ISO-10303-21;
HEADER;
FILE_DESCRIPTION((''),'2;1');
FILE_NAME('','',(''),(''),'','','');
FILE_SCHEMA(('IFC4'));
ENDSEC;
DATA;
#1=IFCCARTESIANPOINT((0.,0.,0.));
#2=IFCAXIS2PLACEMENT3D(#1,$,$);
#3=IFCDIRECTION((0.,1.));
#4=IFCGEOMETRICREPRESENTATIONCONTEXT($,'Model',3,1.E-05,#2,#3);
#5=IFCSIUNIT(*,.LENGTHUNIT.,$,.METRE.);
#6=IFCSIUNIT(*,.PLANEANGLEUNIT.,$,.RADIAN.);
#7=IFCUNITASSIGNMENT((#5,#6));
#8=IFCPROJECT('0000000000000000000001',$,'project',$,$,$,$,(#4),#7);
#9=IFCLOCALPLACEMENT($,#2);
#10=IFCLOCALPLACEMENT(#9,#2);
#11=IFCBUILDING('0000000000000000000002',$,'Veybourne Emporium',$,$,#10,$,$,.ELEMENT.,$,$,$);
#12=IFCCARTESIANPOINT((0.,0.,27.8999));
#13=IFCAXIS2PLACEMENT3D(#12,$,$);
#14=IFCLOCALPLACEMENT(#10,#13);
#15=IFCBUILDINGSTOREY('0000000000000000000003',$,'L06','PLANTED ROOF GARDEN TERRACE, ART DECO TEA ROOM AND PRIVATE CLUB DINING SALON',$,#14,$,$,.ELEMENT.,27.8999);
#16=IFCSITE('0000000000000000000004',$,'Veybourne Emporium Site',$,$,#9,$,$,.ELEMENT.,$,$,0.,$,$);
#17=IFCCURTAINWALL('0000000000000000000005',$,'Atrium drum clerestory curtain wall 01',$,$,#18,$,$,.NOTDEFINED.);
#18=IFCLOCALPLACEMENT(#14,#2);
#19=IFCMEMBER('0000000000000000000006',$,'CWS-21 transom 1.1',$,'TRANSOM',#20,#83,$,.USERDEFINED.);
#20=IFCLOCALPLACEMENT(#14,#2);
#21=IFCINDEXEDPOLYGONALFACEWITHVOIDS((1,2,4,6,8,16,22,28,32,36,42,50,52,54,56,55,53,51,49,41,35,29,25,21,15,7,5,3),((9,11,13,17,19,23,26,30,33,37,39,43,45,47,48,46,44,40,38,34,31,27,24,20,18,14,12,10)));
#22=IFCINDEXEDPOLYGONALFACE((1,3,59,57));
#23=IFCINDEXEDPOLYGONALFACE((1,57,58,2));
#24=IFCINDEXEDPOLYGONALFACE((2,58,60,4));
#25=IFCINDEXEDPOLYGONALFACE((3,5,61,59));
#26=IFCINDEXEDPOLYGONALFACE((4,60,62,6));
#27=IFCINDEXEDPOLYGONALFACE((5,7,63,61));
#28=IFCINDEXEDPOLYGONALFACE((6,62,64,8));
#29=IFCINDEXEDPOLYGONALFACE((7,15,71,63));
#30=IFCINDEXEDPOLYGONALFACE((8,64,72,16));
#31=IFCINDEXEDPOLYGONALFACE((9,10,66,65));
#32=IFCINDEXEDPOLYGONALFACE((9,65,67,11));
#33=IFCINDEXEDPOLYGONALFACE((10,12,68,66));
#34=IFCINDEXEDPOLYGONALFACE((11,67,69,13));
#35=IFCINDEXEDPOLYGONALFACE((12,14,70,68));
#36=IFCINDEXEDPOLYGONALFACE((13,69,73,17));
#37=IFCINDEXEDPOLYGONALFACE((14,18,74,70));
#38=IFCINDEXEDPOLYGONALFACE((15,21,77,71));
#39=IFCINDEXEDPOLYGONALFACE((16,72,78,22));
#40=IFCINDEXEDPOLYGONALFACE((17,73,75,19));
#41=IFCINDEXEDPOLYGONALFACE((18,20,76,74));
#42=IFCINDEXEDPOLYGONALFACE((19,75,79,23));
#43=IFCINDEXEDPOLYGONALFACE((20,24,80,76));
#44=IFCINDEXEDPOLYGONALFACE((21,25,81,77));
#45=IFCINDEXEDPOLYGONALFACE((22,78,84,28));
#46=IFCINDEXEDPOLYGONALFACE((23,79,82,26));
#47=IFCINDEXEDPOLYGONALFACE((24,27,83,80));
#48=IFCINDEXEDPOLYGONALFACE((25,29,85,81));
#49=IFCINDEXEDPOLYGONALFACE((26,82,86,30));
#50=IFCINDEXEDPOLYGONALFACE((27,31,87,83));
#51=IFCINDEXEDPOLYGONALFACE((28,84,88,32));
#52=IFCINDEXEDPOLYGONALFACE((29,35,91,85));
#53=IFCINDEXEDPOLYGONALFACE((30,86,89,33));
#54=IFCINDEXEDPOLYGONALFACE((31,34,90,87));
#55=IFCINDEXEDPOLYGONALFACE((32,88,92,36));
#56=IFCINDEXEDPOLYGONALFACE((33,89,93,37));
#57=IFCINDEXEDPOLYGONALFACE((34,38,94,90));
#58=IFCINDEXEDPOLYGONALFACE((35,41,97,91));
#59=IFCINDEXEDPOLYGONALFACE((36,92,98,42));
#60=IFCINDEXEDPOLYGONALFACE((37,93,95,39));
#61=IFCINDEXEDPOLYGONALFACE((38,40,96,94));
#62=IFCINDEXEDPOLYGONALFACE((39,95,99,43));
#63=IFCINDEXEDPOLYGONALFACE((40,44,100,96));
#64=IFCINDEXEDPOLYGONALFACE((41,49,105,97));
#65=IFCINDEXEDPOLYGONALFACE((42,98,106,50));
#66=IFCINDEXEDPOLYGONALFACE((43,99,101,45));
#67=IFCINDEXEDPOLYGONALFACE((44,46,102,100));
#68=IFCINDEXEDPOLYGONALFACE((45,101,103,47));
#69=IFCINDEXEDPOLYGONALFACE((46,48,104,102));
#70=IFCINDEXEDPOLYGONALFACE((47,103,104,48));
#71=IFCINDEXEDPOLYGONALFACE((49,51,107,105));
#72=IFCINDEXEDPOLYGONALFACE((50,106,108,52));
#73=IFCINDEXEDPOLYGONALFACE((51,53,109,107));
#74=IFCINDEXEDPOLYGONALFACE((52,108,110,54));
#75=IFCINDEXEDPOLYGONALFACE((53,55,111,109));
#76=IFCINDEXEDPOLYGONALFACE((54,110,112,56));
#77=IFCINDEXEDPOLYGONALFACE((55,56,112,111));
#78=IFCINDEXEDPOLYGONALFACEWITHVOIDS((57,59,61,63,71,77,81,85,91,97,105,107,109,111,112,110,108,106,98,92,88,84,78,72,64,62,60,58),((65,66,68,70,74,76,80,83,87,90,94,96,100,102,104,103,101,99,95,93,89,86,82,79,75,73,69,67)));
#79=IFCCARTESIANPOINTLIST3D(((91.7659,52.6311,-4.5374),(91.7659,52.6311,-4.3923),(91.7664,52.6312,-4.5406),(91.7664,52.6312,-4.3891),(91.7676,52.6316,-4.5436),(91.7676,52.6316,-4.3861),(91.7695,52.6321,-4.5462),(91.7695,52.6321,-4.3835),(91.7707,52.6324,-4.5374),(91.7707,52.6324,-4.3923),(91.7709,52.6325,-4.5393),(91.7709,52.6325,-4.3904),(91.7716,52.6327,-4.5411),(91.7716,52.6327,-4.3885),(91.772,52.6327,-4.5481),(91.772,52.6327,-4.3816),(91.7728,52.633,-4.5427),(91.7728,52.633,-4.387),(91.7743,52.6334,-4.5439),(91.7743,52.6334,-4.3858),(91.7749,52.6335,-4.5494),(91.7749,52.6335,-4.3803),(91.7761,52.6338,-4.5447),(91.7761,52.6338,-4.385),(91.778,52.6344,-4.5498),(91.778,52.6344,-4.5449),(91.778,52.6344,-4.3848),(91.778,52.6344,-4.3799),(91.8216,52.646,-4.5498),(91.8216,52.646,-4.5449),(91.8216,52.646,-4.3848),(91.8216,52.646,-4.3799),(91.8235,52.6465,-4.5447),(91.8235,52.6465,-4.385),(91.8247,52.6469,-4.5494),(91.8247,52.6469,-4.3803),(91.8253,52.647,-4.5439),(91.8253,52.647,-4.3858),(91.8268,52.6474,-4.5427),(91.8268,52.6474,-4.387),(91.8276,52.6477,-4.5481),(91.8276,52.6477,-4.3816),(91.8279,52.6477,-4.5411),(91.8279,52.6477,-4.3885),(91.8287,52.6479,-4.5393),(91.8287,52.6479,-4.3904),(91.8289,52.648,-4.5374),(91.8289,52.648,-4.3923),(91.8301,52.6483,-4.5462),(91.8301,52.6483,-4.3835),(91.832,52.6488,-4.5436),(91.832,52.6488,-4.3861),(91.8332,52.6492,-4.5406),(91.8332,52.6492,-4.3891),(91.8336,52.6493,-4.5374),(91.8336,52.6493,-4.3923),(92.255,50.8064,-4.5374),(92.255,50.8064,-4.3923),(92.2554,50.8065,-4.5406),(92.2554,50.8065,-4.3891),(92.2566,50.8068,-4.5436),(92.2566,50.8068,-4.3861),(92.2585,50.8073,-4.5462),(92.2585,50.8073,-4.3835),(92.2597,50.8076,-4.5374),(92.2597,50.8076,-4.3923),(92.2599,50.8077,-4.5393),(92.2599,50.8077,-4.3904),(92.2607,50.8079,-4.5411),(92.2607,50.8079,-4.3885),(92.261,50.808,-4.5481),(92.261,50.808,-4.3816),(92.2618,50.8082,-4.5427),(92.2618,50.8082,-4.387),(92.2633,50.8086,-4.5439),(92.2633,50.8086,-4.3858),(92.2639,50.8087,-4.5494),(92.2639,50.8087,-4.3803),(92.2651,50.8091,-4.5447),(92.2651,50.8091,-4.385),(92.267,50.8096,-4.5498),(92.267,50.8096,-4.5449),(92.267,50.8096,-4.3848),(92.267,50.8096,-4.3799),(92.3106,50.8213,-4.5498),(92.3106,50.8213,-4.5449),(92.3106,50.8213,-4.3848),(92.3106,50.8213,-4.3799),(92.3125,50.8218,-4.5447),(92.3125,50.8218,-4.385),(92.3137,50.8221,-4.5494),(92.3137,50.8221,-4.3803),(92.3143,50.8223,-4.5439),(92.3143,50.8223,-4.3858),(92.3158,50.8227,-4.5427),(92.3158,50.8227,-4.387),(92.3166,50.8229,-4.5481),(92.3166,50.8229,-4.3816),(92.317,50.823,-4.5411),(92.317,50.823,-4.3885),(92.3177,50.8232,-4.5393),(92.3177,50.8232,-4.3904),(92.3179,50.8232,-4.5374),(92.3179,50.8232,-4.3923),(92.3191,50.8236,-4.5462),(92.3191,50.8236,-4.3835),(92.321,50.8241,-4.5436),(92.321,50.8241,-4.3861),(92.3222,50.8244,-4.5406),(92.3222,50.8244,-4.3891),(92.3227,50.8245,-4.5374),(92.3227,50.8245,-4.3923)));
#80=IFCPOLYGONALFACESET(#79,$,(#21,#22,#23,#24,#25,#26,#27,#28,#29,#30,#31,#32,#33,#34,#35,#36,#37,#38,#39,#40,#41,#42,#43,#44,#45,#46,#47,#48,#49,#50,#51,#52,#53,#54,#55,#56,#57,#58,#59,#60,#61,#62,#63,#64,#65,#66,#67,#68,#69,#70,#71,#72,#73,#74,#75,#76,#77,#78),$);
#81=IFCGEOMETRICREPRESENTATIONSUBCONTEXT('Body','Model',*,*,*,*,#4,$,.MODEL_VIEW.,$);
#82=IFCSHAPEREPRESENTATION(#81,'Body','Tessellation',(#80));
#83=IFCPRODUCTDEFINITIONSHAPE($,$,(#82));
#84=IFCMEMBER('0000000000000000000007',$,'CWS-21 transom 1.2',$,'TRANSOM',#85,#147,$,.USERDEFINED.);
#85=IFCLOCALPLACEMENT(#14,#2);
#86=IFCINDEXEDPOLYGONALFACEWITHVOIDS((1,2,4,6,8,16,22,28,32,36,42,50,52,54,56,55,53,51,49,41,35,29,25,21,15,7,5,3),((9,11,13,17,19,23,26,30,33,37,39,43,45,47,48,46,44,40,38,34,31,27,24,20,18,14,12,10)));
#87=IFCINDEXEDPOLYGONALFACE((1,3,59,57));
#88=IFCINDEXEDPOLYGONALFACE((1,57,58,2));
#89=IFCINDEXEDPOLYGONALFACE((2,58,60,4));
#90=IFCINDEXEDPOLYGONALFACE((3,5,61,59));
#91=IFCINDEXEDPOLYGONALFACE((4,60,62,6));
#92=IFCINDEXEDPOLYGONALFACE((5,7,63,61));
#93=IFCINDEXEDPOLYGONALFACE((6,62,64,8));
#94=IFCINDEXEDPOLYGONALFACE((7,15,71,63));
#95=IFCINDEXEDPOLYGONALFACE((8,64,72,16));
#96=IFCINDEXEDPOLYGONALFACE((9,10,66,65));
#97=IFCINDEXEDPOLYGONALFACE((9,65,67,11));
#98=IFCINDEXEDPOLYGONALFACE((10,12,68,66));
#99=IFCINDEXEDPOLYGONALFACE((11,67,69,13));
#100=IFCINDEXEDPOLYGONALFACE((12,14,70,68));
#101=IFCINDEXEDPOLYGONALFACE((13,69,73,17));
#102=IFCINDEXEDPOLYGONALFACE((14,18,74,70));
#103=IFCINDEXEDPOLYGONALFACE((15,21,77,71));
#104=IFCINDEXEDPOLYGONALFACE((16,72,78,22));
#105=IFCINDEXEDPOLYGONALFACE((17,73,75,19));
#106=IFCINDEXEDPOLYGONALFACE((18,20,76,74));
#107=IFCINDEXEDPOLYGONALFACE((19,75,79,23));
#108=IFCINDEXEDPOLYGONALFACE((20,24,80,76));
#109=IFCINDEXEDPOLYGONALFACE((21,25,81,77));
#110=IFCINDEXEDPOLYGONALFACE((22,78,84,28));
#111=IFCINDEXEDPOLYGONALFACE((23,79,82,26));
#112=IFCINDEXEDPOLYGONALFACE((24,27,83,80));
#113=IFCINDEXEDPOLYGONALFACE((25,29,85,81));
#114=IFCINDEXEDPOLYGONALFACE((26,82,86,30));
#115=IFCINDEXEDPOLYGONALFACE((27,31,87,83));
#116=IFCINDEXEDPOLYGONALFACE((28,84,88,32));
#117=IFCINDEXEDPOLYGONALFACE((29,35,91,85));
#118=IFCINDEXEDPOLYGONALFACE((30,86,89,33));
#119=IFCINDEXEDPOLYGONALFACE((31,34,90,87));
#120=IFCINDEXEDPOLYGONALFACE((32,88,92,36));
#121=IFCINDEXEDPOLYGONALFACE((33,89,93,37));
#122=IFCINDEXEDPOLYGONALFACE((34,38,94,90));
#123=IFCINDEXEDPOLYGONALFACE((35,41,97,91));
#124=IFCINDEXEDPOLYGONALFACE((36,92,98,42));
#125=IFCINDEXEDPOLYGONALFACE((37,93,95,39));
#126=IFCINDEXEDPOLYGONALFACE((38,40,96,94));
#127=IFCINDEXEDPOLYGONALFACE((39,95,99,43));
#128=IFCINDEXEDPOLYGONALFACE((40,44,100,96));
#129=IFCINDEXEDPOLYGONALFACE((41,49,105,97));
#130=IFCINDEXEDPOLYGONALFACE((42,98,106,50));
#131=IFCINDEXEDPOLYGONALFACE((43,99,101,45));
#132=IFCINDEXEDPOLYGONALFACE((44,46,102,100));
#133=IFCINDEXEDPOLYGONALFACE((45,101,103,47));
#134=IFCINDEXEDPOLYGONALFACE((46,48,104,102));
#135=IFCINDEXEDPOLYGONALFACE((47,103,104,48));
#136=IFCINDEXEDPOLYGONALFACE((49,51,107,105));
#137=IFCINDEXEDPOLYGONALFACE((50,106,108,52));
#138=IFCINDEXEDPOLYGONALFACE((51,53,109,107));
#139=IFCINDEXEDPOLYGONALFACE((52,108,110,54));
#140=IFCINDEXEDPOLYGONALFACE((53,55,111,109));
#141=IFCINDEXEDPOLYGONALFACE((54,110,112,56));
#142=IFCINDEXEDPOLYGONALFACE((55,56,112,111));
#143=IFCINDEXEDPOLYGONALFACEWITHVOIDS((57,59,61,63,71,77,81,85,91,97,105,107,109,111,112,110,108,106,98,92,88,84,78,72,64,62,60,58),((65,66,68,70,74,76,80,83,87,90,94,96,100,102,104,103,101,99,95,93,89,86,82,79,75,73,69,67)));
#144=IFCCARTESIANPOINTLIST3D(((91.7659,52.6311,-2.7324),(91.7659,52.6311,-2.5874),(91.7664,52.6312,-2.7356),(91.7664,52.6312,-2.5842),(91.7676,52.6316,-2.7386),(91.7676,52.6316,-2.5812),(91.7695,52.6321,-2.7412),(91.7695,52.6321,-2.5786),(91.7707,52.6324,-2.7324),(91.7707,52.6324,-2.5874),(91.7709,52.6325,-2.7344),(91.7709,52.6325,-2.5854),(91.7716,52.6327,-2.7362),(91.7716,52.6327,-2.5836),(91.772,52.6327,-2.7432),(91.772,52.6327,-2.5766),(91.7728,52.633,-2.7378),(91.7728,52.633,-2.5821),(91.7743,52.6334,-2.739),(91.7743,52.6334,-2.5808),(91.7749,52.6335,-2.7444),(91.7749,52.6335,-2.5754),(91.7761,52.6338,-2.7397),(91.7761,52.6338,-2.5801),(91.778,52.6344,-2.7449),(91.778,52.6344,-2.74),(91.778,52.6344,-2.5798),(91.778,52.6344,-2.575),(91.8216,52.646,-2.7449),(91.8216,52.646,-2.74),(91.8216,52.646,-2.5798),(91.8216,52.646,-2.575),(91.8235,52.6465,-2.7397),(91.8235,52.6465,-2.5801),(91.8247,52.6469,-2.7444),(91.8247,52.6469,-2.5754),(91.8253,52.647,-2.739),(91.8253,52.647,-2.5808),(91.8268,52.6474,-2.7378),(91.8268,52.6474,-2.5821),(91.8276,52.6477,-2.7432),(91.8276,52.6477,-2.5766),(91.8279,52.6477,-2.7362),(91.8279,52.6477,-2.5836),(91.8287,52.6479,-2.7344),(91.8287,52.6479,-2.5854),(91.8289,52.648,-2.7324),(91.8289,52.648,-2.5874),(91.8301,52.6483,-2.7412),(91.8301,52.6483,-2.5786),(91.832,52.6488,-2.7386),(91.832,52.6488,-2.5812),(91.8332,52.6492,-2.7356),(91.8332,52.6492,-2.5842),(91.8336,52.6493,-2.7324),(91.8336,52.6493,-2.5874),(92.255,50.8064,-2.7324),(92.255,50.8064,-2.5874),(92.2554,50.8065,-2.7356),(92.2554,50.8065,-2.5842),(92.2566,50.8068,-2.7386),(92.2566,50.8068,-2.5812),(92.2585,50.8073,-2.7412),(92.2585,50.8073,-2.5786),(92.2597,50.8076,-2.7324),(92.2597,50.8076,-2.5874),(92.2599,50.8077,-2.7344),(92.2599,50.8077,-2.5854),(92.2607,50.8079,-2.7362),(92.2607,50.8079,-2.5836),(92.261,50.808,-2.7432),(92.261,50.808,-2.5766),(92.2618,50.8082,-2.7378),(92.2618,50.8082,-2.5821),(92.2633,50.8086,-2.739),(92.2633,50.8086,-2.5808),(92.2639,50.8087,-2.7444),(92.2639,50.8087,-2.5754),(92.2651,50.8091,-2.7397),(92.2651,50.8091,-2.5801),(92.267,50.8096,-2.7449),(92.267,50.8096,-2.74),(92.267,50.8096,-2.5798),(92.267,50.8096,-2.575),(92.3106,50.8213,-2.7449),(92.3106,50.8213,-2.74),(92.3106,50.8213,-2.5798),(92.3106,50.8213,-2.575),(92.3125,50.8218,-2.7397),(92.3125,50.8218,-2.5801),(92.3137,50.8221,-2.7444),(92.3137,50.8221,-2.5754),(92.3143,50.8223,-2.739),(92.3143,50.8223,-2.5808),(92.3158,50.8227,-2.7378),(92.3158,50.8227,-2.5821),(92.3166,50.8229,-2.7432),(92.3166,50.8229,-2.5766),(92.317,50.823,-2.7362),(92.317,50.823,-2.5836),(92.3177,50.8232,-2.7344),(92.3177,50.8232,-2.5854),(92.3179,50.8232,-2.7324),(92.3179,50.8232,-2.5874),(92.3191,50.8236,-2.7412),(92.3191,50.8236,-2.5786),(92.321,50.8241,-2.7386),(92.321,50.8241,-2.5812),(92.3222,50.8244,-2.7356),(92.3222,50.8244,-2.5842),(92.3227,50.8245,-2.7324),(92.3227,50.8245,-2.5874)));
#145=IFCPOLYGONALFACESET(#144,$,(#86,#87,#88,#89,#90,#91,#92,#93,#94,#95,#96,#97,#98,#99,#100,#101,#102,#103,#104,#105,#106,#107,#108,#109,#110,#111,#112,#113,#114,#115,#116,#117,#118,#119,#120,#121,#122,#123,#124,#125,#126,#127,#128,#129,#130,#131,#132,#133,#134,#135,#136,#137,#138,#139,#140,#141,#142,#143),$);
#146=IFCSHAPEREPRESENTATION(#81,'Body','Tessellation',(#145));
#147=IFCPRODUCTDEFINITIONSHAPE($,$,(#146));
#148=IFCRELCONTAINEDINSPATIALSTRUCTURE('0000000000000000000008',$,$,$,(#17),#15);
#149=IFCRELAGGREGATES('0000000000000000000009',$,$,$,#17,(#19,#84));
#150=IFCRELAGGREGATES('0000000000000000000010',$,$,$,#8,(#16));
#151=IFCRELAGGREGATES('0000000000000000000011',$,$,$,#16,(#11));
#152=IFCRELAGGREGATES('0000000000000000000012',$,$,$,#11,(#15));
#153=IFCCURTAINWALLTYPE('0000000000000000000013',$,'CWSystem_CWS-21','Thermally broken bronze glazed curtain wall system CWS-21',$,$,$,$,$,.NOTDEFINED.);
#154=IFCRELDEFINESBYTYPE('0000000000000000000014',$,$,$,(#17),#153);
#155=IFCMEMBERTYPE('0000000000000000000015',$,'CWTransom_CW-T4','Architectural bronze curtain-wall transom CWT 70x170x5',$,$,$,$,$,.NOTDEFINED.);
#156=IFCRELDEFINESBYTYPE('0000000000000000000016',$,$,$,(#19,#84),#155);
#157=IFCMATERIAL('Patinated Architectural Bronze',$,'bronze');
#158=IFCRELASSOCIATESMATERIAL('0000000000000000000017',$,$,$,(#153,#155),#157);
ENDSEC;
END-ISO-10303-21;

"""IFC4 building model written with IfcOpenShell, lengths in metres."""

from ifc_helpers import new_model, si_unit, direction, frame, origin, origin_2d, place, context, subcontext, project, spatial, hollow_rectangle, extrude, material, material_profile, profile_set, type_object, element, aggregate, save


model = new_model("IFC4")

# Units and contexts
model_context = context("Model", 3, precision=1e-05, world=origin(), true_north=direction((0.0, 1.0)))
body_context = subcontext(model_context, "Body", "Model", "MODEL_VIEW")
ifc_project = project(units=[si_unit("LENGTHUNIT", "METRE"), si_unit("PLANEANGLEUNIT", "RADIAN")], contexts=[model_context])

# Site, building, storey
site_placement = place(None, origin())
site = spatial("IfcSite", under=ifc_project, at=site_placement, Name="Veybourne Emporium Site", CompositionType="ELEMENT", RefElevation=0.0)
building_placement = place(site_placement, origin())
building = spatial("IfcBuilding", under=site, at=building_placement, Name="Veybourne Emporium", CompositionType="ELEMENT")
storey_placement = place(building_placement, frame((0.0, 0.0, 27.8999)))
storey = spatial("IfcBuildingStorey", under=building, at=storey_placement, Name="L06", Description="PLANTED ROOF GARDEN TERRACE, ART DECO TEA ROOM AND PRIVATE CLUB DINING SALON", CompositionType="ELEMENT", Elevation=27.8999)

# Curtain wall
ifc_material_1 = material(Name="Patinated Architectural Bronze", Category="bronze")
curtain_wall_type_1 = type_object("IfcCurtainWallType", Name="CWSystem_CWS-21", Description="Thermally broken bronze glazed curtain wall system CWS-21", PredefinedType="NOTDEFINED", material=ifc_material_1)
curtain_wall_1_placement = place(storey_placement, origin())
curtain_wall_1 = element("IfcCurtainWall", 1, at=curtain_wall_1_placement, inside=storey, type_object=curtain_wall_type_1, Name="Atrium drum clerestory curtain wall 01", PredefinedType="NOTDEFINED")

# Members
ifc_material_profile_1 = material_profile(ifc_material_1, hollow_rectangle(XDim=0.0701, YDim=0.1699, WallThickness=0.0049, InnerFilletRadius=0.0076, OuterFilletRadius=0.0125, at=origin_2d()), Name="CWT 70x170x5")
ifc_profile_set_1 = profile_set([ifc_material_profile_1], Name="Patinated Architectural Bronze")
member_type_1 = type_object("IfcMemberType", Name="CWTransom_CW-T4", Description="Architectural bronze curtain-wall transom CWT 70x170x5", PredefinedType="NOTDEFINED", material=ifc_profile_set_1)
member_1_placement = place(storey_placement, frame((92.2888, 50.8154, -4.4648), z_axis=(-0.258861, 0.965915, 0.0), x_axis=(-0.965915, -0.258861, 0.0)))
member_1 = element("IfcMember", 2, at=member_1_placement, type_object=member_type_1, Name="CWS-21 transom 1.1", ObjectType="TRANSOM", PredefinedType="USERDEFINED", context=body_context, shape_type="SweptSolid", body=[
    extrude(hollow_rectangle(XDim=0.0701, YDim=0.1699, WallThickness=0.0049, InnerFilletRadius=0.0076, OuterFilletRadius=0.0125, at=origin_2d()), origin(), (0.0, 0.0, 1.0), 1.8892),
])
member_2_placement = place(storey_placement, frame((92.2888, 50.8154, -2.6599), z_axis=(-0.258861, 0.965915, 0.0), x_axis=(-0.965915, -0.258861, 0.0)))
member_2 = element("IfcMember", 3, at=member_2_placement, type_object=member_type_1, Name="CWS-21 transom 1.2", ObjectType="TRANSOM", PredefinedType="USERDEFINED", context=body_context, shape_type="SweptSolid", body=[
    extrude(hollow_rectangle(XDim=0.0701, YDim=0.1699, WallThickness=0.0049, InnerFilletRadius=0.0076, OuterFilletRadius=0.0125, at=origin_2d()), origin(), (0.0, 0.0, 1.0), 1.8892),
])

aggregate(curtain_wall_1, [member_1, member_2])

save(model, "model.ifc")
